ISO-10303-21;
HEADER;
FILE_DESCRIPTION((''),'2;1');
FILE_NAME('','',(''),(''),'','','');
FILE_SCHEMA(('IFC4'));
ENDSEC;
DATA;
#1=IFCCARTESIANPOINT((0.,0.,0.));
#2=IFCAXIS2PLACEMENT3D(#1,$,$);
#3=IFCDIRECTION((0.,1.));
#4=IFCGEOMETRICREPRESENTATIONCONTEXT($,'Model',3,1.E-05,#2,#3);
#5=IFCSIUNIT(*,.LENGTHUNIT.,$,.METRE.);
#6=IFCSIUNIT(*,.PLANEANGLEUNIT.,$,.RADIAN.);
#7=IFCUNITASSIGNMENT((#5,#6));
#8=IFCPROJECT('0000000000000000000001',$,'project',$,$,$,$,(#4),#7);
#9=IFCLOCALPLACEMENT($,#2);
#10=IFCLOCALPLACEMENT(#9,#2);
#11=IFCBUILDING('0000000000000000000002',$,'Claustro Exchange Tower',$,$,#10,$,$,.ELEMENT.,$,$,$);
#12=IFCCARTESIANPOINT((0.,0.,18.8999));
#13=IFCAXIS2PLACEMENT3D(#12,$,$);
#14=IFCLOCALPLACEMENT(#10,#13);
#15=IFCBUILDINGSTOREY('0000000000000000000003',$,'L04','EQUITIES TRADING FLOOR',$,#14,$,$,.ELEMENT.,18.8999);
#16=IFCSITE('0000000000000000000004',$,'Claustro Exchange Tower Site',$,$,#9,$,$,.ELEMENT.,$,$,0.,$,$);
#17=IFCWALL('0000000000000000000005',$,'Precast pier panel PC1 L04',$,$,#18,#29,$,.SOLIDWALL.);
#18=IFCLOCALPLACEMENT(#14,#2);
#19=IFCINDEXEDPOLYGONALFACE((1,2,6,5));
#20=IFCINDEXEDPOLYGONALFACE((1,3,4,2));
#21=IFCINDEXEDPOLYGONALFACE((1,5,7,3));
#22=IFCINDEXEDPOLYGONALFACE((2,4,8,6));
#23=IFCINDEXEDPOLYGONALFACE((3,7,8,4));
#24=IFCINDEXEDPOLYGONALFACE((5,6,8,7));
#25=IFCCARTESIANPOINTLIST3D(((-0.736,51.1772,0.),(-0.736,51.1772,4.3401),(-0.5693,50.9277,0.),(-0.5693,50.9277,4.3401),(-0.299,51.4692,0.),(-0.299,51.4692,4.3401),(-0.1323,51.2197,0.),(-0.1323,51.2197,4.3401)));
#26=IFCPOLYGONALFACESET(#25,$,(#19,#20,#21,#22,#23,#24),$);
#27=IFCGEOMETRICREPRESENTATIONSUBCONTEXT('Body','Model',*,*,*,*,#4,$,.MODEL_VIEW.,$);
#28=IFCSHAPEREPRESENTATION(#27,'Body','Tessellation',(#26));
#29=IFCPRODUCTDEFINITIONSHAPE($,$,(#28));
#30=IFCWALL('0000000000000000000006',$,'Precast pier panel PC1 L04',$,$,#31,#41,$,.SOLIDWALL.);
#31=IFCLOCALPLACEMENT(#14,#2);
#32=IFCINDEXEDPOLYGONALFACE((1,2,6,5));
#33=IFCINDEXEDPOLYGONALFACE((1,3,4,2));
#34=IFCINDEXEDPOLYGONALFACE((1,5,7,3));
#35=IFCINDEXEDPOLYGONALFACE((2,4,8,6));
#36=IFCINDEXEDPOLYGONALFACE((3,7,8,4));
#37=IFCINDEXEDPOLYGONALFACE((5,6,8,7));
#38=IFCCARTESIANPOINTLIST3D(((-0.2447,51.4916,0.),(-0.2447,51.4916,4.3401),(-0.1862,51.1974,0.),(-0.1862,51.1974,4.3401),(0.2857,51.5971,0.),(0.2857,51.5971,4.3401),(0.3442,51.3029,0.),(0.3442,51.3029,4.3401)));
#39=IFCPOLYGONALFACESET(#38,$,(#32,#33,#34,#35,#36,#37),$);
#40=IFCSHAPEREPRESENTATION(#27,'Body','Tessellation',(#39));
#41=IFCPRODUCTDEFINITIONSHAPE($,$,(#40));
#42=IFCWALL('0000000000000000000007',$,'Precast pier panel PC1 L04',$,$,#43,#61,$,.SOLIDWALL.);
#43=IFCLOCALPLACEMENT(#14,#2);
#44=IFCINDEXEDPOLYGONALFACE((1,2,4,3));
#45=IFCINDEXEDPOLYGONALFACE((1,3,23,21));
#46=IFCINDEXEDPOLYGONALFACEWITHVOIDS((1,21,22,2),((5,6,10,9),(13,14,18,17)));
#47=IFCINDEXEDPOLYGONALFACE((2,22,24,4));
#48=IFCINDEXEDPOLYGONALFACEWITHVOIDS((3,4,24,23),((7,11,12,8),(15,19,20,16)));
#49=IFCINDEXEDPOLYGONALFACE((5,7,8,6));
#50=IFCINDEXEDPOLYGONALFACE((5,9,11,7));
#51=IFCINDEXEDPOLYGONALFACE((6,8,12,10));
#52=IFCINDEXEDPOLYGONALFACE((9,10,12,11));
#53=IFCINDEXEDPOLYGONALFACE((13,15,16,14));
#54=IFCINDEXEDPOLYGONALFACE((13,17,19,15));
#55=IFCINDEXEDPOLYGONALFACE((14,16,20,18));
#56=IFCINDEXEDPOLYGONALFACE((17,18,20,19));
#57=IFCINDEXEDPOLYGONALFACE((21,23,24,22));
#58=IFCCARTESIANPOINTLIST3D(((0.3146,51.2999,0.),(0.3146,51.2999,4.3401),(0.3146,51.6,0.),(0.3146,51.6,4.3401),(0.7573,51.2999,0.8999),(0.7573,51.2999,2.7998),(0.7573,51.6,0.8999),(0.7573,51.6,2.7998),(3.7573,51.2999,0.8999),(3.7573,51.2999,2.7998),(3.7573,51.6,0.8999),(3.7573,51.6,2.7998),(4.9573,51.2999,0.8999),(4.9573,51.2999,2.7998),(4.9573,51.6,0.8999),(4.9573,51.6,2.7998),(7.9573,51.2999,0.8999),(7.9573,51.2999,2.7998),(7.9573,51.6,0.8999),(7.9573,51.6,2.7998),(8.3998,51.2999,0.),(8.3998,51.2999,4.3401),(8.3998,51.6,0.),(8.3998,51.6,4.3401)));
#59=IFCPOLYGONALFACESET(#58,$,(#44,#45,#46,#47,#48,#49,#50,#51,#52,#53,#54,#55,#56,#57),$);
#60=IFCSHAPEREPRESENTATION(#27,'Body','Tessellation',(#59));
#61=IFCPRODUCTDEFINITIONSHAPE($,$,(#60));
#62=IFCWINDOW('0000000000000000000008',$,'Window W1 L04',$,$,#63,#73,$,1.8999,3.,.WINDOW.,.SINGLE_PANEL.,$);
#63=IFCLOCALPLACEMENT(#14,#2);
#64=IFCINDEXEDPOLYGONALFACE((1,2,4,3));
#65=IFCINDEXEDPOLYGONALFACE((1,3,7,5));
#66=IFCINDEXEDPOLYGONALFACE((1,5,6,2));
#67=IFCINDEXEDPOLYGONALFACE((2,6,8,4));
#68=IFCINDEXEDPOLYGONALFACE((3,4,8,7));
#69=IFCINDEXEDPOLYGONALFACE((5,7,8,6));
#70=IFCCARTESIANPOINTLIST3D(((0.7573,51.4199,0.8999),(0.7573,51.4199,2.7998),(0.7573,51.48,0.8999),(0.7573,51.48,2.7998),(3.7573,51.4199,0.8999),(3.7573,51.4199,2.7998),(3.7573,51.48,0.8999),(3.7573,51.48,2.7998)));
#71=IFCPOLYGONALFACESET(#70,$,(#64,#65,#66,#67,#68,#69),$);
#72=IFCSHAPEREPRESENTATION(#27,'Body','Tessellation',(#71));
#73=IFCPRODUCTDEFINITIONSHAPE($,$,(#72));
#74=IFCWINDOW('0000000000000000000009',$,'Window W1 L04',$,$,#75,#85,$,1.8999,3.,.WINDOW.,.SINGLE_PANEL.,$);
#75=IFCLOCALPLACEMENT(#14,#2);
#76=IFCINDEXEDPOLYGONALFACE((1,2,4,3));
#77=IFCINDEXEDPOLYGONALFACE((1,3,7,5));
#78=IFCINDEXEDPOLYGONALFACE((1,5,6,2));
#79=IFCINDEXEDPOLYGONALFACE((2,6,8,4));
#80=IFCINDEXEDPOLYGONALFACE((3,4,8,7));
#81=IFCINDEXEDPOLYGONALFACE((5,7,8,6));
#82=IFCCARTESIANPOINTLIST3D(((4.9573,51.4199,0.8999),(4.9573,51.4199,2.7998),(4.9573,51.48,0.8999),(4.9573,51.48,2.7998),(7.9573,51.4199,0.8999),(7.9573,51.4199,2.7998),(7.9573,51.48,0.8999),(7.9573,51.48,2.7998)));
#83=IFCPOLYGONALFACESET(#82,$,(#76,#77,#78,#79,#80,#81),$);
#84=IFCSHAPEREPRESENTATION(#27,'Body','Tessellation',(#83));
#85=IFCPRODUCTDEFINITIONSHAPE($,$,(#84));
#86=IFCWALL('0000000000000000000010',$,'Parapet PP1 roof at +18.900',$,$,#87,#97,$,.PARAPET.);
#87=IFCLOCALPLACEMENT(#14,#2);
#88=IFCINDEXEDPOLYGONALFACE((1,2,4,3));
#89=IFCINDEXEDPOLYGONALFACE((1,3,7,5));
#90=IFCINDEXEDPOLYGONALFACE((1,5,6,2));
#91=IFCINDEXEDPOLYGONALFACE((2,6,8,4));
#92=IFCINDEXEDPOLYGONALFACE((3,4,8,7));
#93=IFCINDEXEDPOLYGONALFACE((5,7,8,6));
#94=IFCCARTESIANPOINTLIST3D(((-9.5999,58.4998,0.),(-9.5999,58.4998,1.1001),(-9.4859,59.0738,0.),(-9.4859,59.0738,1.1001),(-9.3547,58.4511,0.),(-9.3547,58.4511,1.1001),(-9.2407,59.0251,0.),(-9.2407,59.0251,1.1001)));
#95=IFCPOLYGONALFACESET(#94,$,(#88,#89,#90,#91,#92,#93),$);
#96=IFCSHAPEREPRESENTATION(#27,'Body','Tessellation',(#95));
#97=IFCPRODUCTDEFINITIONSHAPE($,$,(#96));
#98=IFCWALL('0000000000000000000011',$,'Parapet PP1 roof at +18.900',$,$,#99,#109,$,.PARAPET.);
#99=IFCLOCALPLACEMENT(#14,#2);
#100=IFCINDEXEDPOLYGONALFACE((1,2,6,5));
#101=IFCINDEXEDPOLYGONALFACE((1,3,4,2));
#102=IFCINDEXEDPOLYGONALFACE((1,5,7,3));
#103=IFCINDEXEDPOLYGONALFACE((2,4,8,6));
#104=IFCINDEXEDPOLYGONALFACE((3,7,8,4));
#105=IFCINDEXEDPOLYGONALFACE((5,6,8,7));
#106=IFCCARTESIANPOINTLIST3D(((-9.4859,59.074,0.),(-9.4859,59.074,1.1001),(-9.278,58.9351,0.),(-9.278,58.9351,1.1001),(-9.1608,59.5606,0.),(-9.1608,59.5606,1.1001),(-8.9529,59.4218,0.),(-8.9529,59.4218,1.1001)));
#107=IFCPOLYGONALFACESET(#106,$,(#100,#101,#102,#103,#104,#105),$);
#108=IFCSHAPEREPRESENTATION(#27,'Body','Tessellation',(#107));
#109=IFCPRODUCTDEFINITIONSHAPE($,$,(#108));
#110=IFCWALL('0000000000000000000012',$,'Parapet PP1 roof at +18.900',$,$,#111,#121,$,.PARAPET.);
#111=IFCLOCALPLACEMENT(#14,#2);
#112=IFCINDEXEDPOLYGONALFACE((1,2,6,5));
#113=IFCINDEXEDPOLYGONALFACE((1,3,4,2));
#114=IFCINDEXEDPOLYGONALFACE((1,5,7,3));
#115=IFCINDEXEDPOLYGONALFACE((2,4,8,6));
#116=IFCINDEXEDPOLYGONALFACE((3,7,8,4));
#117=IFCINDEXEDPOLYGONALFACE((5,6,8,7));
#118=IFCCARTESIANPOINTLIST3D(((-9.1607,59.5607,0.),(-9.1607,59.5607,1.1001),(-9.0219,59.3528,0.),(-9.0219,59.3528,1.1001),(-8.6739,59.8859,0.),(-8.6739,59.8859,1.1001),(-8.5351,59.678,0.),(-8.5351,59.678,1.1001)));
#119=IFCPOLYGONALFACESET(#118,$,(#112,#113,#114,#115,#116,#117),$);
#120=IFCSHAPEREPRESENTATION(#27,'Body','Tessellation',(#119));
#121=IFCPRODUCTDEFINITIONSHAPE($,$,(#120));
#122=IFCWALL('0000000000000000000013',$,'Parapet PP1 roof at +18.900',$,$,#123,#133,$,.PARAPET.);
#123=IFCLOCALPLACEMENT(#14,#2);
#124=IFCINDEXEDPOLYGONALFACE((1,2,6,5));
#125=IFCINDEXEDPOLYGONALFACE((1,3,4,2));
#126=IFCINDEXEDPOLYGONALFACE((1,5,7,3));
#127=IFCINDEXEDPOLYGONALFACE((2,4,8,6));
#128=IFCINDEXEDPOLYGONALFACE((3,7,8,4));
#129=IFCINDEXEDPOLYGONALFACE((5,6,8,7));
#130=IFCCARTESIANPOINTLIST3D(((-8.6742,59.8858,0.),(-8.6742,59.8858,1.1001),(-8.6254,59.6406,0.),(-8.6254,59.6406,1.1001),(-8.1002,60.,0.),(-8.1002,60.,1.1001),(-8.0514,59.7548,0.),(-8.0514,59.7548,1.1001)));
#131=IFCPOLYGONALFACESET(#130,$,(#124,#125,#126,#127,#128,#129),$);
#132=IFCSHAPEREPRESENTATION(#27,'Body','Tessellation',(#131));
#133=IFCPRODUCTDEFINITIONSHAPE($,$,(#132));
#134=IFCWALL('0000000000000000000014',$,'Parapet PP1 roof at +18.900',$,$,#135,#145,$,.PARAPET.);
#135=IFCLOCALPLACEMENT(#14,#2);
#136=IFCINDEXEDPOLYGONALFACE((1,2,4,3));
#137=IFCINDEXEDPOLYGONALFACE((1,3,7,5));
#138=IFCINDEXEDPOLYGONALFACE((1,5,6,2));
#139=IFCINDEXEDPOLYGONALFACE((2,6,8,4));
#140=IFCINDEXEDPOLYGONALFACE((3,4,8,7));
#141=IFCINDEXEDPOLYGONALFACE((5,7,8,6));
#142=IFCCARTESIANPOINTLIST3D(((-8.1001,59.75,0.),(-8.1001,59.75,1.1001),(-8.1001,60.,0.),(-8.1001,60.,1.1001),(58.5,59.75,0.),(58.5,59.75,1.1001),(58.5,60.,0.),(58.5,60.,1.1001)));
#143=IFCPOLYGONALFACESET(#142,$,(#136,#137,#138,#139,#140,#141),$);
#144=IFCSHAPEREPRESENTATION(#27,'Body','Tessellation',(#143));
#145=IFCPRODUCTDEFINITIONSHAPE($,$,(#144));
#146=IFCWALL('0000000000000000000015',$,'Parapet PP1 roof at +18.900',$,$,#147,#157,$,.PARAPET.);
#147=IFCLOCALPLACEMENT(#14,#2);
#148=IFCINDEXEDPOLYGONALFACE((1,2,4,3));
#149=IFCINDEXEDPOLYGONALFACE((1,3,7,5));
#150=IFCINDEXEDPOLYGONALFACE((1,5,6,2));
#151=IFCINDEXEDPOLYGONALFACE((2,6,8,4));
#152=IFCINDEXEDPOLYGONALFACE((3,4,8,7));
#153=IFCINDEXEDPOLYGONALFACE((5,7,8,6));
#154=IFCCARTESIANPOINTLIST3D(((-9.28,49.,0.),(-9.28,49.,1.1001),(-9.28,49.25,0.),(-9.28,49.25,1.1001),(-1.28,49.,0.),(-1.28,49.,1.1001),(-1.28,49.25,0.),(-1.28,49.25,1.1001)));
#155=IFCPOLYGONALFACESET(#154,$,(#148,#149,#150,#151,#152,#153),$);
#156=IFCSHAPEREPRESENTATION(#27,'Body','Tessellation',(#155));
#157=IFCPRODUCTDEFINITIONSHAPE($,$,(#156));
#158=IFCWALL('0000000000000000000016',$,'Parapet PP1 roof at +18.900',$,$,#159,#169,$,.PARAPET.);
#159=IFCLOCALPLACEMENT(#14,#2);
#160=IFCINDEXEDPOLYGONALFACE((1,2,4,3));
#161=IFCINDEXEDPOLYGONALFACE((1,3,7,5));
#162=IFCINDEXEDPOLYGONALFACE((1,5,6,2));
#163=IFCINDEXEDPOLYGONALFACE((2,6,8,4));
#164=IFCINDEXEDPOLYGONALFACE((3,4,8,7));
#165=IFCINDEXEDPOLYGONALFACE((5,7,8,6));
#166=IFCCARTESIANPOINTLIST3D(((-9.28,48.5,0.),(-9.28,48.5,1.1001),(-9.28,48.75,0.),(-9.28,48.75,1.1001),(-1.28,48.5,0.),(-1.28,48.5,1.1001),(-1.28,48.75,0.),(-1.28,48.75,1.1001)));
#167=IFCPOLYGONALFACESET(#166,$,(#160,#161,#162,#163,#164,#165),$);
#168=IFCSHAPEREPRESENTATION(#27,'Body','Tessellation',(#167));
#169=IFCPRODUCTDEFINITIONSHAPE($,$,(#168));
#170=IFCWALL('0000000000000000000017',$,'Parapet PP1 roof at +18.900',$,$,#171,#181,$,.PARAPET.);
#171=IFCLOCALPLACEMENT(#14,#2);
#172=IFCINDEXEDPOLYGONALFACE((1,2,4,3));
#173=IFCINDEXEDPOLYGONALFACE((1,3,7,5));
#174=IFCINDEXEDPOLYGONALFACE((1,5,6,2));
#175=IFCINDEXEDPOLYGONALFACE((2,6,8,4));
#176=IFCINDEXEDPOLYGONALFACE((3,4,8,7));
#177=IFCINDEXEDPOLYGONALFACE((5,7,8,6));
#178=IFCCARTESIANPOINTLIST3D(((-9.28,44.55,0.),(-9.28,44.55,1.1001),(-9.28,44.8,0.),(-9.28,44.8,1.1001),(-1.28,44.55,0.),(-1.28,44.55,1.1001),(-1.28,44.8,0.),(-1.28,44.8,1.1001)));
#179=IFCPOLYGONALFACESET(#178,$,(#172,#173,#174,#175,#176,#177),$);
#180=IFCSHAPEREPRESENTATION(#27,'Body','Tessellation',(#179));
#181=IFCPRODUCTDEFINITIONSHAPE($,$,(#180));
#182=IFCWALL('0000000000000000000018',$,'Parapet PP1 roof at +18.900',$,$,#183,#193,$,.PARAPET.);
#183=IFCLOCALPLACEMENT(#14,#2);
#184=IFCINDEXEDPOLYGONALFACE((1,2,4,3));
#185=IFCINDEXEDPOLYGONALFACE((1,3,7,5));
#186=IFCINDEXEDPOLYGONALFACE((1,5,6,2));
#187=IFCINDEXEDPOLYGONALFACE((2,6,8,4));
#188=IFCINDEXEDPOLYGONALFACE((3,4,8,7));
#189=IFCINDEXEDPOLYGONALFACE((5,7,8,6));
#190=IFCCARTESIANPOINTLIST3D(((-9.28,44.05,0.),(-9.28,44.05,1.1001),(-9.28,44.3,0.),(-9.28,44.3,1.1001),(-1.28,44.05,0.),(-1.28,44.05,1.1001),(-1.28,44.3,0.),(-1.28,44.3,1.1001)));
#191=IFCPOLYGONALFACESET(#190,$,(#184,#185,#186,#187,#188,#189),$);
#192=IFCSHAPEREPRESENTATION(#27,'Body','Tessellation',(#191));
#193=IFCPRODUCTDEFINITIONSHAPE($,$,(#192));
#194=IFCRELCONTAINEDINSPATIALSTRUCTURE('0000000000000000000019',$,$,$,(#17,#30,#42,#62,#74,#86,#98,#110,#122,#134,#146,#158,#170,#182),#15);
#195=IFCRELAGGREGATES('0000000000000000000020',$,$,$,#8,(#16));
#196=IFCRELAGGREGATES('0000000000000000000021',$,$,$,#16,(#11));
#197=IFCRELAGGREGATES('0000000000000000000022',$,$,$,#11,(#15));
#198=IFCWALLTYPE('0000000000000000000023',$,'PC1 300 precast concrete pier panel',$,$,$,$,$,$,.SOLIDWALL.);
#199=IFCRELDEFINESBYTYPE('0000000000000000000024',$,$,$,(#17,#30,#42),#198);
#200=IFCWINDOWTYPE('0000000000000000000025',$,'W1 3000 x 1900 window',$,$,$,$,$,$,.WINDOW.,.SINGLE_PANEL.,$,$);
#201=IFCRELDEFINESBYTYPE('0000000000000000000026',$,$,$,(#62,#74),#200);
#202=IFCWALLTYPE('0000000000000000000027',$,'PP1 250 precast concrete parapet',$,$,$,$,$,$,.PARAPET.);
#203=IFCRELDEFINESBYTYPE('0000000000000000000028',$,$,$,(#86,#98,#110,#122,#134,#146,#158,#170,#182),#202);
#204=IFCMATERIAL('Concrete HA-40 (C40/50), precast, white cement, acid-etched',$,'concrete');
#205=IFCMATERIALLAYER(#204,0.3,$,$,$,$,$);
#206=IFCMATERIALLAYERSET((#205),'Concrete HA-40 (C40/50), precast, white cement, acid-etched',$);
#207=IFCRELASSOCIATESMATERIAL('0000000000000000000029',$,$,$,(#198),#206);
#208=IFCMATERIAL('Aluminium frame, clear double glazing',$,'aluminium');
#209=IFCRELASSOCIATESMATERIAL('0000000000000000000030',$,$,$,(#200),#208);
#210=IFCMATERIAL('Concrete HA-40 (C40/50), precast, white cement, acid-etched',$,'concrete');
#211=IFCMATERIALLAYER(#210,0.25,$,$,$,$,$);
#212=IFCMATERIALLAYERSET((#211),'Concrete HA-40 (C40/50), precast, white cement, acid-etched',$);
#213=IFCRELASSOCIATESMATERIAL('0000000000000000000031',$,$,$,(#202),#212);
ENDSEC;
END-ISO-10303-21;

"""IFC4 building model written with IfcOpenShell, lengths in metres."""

from ifc_helpers import new_model, si_unit, direction, frame, frame_2d, origin, place, context, subcontext, project, spatial, rectangle, extrude, material, layer, layer_set, type_object, element, fill, save


model = new_model("IFC4")

# Units and contexts
model_context = context("Model", 3, precision=1e-05, world=origin(), true_north=direction((0.0, 1.0)))
body_context = subcontext(model_context, "Body", "Model", "MODEL_VIEW")
ifc_project = project(units=[si_unit("LENGTHUNIT", "METRE"), si_unit("PLANEANGLEUNIT", "RADIAN")], contexts=[model_context])

# Site, building, storey
site_placement = place(None, origin())
site = spatial("IfcSite", under=ifc_project, at=site_placement, Name="Claustro Exchange Tower Site", CompositionType="ELEMENT", RefElevation=0.0)
building_placement = place(site_placement, origin())
building = spatial("IfcBuilding", under=site, at=building_placement, Name="Claustro Exchange Tower", CompositionType="ELEMENT")
storey_placement = place(building_placement, frame((0.0, 0.0, 18.8999)))
storey = spatial("IfcBuildingStorey", under=building, at=storey_placement, Name="L04", Description="EQUITIES TRADING FLOOR", CompositionType="ELEMENT", Elevation=18.8999)

# Shared definitions
ifc_material_1 = material(Name="Concrete HA-40 (C40/50), precast, white cement, acid-etched", Category="concrete")
ifc_layer_1 = layer(ifc_material_1, 0.3)
ifc_layer_set_1 = layer_set([ifc_layer_1], Name="Concrete HA-40 (C40/50), precast, white cement, acid-etched")
wall_type_1 = type_object("IfcWallType", Name="PC1 300 precast concrete pier panel", PredefinedType="SOLIDWALL", material=ifc_layer_set_1)
ifc_material_2 = material(Name="Aluminium frame, clear double glazing", Category="aluminium")
window_type = type_object("IfcWindowType", Name="W1 3000 x 1900 window", PartitioningType="SINGLE_PANEL", PredefinedType="WINDOW", material=ifc_material_2)

# Walls
for number, where, z_axis, x_axis, name in (
    (1, (-0.6526, 51.0525, 0.0), (0.0, 0.0, 1.0), (0.831478, 0.555557, 0.0), "Precast pier panel PC1 L04"),
):
    element("IfcWall", number, at=place(storey_placement, frame(where, z_axis=z_axis, x_axis=x_axis)), inside=storey, type_object=wall_type_1, Name=name, PredefinedType="SOLIDWALL", context=body_context, shape_type="SweptSolid", body=[
        extrude(rectangle(XDim=0.5256, YDim=0.3, at=frame_2d((0.2627, 0.0))), origin(), (0.0, 0.0, 1.0), 4.3401),
    ])
wall_1_placement = place(storey_placement, frame((-0.2156, 51.3445, 0.0), z_axis=(0.0, 0.0, 1.0), x_axis=(0.980789, 0.195074, 0.0)))
element("IfcWall", 2, at=wall_1_placement, inside=storey, type_object=wall_type_1, Name="Precast pier panel PC1 L04", PredefinedType="SOLIDWALL", context=body_context, shape_type="SweptSolid", body=[
    extrude(rectangle(XDim=0.5408, YDim=0.3, at=frame_2d((0.2705, 0.0))), origin(), (0.0, 0.0, 1.0), 4.3401),
])

# Wall, openings, windows
wall_2_placement = place(storey_placement, frame((0.3147, 51.45, 0.0), z_axis=(0.0, 0.0, 1.0), x_axis=(1.0, 0.0, 0.0)))
wall_2 = element("IfcWall", 3, at=wall_2_placement, inside=storey, type_object=wall_type_1, Name="Precast pier panel PC1 L04", PredefinedType="SOLIDWALL", context=body_context, shape_type="SweptSolid", body=[
    extrude(rectangle(XDim=8.0852, YDim=0.3, at=frame_2d((4.0425, 0.0))), origin(), (0.0, 0.0, 1.0), 4.3401),
])
opening_1_placement = place(wall_2_placement, frame((0.4426, 0.0, 0.8999)))
opening_1 = element("IfcOpeningElement", 4, at=opening_1_placement, cuts=wall_2, PredefinedType="OPENING", context=body_context, shape_type="SweptSolid", body=[
    extrude(rectangle(XDim=3.0, YDim=1.8999, at=frame_2d((1.5, 0.95))), frame((0.0, 0.1599, 0.0), z_axis=(0.0, -1.0, 0.0), x_axis=(1.0, 0.0, 0.0)), (0.0, 0.0, 1.0), 0.3201),
])
opening_2_placement = place(wall_2_placement, frame((4.6426, 0.0, 0.8999)))
opening_2 = element("IfcOpeningElement", 5, at=opening_2_placement, cuts=wall_2, PredefinedType="OPENING", context=body_context, shape_type="SweptSolid", body=[
    extrude(rectangle(XDim=3.0, YDim=1.8999, at=frame_2d((1.5, 0.95))), frame((0.0, 0.1599, 0.0), z_axis=(0.0, -1.0, 0.0), x_axis=(1.0, 0.0, 0.0)), (0.0, 0.0, 1.0), 0.3201),
])
window_1_placement = place(opening_1_placement, origin())
window_1 = element("IfcWindow", 6, at=window_1_placement, inside=storey, type_object=window_type, Name="Window W1 L04", OverallHeight=1.8999, OverallWidth=3.0, PartitioningType="SINGLE_PANEL", PredefinedType="WINDOW", context=body_context, shape_type="SweptSolid", body=[
    extrude(rectangle(XDim=3.0, YDim=1.8999, at=frame_2d((1.5, 0.95))), frame((0.0, 0.03, 0.0), z_axis=(0.0, -1.0, 0.0), x_axis=(1.0, 0.0, 0.0)), (0.0, 0.0, 1.0), 0.0601),
])
fill(opening_1, window_1)
window_2_placement = place(opening_2_placement, origin())
window_2 = element("IfcWindow", 7, at=window_2_placement, inside=storey, type_object=window_type, Name="Window W1 L04", OverallHeight=1.8999, OverallWidth=3.0, PartitioningType="SINGLE_PANEL", PredefinedType="WINDOW", context=body_context, shape_type="SweptSolid", body=[
    extrude(rectangle(XDim=3.0, YDim=1.8999, at=frame_2d((1.5, 0.95))), frame((0.0, 0.03, 0.0), z_axis=(0.0, -1.0, 0.0), x_axis=(1.0, 0.0, 0.0)), (0.0, 0.0, 1.0), 0.0601),
])
fill(opening_2, window_2)

# Walls
ifc_material_3 = material(Name="Concrete HA-40 (C40/50), precast, white cement, acid-etched", Category="concrete")
ifc_layer_2 = layer(ifc_material_3, 0.25)
ifc_layer_set_2 = layer_set([ifc_layer_2], Name="Concrete HA-40 (C40/50), precast, white cement, acid-etched")
wall_type_2 = type_object("IfcWallType", Name="PP1 250 precast concrete parapet", PredefinedType="PARAPET", material=ifc_layer_set_2)
for number, where, z_axis, x_axis, name in (
    (8, (-9.4773, 58.4756, 0.0), (0.0, 0.0, 1.0), (0.194832, 0.980837, 0.0), "Parapet PP1 roof at +18.900"),
    (9, (-9.3818, 59.0046, 0.0), (0.0, 0.0, 1.0), (0.555374, 0.831601, 0.0), "Parapet PP1 roof at +18.900"),
):
    element("IfcWall", number, at=place(storey_placement, frame(where, z_axis=z_axis, x_axis=x_axis)), inside=storey, type_object=wall_type_2, Name=name, PredefinedType="PARAPET", context=body_context, shape_type="SweptSolid", body=[
        extrude(rectangle(XDim=0.5852, YDim=0.25, at=frame_2d((0.2925, 0.0))), origin(), (0.0, 0.0, 1.0), 1.1001),
    ])
wall_3_placement = place(storey_placement, frame((-9.0913, 59.4568, 0.0), z_axis=(0.0, 0.0, 1.0), x_axis=(0.831537, 0.55547, 0.0)))
element("IfcWall", 10, at=wall_3_placement, inside=storey, type_object=wall_type_2, Name="Parapet PP1 roof at +18.900", PredefinedType="PARAPET", context=body_context, shape_type="SweptSolid", body=[
    extrude(rectangle(XDim=0.5854, YDim=0.25, at=frame_2d((0.2927, 0.0))), origin(), (0.0, 0.0, 1.0), 1.1001),
])
wall_4_placement = place(storey_placement, frame((-8.6497, 59.7632, 0.0), z_axis=(0.0, 0.0, 1.0), x_axis=(0.980757, 0.195234, 0.0)))
element("IfcWall", 11, at=wall_4_placement, inside=storey, type_object=wall_type_2, Name="Parapet PP1 roof at +18.900", PredefinedType="PARAPET", context=body_context, shape_type="SweptSolid", body=[
    extrude(rectangle(XDim=0.5852, YDim=0.25, at=frame_2d((0.2925, 0.0))), origin(), (0.0, 0.0, 1.0), 1.1001),
])
wall_5_placement = place(storey_placement, frame((-8.1001, 59.875, 0.0), z_axis=(0.0, 0.0, 1.0), x_axis=(1.0, 0.0, 0.0)))
element("IfcWall", 12, at=wall_5_placement, inside=storey, type_object=wall_type_2, Name="Parapet PP1 roof at +18.900", PredefinedType="PARAPET", context=body_context, shape_type="SweptSolid", body=[
    extrude(rectangle(XDim=66.6001, YDim=0.25, at=frame_2d((33.3, 0.0))), origin(), (0.0, 0.0, 1.0), 1.1001),
])
for number, where, z_axis, x_axis, name in (
    (13, (-1.28, 49.125, 0.0), (0.0, 0.0, 1.0), (-1.0, 0.0, 0.0), "Parapet PP1 roof at +18.900"),
    (14, (-9.28, 48.625, 0.0), (0.0, 0.0, 1.0), (1.0, 0.0, 0.0), "Parapet PP1 roof at +18.900"),
    (15, (-1.28, 44.675, 0.0), (0.0, 0.0, 1.0), (-1.0, 0.0, 0.0), "Parapet PP1 roof at +18.900"),
    (16, (-9.28, 44.175, 0.0), (0.0, 0.0, 1.0), (1.0, 0.0, 0.0), "Parapet PP1 roof at +18.900"),
):
    element("IfcWall", number, at=place(storey_placement, frame(where, z_axis=z_axis, x_axis=x_axis)), inside=storey, type_object=wall_type_2, Name=name, PredefinedType="PARAPET", context=body_context, shape_type="SweptSolid", body=[
        extrude(rectangle(XDim=8.0, YDim=0.25, at=frame_2d((4.0, 0.0))), origin(), (0.0, 0.0, 1.0), 1.1001),
    ])

save(model, "model.ifc")
